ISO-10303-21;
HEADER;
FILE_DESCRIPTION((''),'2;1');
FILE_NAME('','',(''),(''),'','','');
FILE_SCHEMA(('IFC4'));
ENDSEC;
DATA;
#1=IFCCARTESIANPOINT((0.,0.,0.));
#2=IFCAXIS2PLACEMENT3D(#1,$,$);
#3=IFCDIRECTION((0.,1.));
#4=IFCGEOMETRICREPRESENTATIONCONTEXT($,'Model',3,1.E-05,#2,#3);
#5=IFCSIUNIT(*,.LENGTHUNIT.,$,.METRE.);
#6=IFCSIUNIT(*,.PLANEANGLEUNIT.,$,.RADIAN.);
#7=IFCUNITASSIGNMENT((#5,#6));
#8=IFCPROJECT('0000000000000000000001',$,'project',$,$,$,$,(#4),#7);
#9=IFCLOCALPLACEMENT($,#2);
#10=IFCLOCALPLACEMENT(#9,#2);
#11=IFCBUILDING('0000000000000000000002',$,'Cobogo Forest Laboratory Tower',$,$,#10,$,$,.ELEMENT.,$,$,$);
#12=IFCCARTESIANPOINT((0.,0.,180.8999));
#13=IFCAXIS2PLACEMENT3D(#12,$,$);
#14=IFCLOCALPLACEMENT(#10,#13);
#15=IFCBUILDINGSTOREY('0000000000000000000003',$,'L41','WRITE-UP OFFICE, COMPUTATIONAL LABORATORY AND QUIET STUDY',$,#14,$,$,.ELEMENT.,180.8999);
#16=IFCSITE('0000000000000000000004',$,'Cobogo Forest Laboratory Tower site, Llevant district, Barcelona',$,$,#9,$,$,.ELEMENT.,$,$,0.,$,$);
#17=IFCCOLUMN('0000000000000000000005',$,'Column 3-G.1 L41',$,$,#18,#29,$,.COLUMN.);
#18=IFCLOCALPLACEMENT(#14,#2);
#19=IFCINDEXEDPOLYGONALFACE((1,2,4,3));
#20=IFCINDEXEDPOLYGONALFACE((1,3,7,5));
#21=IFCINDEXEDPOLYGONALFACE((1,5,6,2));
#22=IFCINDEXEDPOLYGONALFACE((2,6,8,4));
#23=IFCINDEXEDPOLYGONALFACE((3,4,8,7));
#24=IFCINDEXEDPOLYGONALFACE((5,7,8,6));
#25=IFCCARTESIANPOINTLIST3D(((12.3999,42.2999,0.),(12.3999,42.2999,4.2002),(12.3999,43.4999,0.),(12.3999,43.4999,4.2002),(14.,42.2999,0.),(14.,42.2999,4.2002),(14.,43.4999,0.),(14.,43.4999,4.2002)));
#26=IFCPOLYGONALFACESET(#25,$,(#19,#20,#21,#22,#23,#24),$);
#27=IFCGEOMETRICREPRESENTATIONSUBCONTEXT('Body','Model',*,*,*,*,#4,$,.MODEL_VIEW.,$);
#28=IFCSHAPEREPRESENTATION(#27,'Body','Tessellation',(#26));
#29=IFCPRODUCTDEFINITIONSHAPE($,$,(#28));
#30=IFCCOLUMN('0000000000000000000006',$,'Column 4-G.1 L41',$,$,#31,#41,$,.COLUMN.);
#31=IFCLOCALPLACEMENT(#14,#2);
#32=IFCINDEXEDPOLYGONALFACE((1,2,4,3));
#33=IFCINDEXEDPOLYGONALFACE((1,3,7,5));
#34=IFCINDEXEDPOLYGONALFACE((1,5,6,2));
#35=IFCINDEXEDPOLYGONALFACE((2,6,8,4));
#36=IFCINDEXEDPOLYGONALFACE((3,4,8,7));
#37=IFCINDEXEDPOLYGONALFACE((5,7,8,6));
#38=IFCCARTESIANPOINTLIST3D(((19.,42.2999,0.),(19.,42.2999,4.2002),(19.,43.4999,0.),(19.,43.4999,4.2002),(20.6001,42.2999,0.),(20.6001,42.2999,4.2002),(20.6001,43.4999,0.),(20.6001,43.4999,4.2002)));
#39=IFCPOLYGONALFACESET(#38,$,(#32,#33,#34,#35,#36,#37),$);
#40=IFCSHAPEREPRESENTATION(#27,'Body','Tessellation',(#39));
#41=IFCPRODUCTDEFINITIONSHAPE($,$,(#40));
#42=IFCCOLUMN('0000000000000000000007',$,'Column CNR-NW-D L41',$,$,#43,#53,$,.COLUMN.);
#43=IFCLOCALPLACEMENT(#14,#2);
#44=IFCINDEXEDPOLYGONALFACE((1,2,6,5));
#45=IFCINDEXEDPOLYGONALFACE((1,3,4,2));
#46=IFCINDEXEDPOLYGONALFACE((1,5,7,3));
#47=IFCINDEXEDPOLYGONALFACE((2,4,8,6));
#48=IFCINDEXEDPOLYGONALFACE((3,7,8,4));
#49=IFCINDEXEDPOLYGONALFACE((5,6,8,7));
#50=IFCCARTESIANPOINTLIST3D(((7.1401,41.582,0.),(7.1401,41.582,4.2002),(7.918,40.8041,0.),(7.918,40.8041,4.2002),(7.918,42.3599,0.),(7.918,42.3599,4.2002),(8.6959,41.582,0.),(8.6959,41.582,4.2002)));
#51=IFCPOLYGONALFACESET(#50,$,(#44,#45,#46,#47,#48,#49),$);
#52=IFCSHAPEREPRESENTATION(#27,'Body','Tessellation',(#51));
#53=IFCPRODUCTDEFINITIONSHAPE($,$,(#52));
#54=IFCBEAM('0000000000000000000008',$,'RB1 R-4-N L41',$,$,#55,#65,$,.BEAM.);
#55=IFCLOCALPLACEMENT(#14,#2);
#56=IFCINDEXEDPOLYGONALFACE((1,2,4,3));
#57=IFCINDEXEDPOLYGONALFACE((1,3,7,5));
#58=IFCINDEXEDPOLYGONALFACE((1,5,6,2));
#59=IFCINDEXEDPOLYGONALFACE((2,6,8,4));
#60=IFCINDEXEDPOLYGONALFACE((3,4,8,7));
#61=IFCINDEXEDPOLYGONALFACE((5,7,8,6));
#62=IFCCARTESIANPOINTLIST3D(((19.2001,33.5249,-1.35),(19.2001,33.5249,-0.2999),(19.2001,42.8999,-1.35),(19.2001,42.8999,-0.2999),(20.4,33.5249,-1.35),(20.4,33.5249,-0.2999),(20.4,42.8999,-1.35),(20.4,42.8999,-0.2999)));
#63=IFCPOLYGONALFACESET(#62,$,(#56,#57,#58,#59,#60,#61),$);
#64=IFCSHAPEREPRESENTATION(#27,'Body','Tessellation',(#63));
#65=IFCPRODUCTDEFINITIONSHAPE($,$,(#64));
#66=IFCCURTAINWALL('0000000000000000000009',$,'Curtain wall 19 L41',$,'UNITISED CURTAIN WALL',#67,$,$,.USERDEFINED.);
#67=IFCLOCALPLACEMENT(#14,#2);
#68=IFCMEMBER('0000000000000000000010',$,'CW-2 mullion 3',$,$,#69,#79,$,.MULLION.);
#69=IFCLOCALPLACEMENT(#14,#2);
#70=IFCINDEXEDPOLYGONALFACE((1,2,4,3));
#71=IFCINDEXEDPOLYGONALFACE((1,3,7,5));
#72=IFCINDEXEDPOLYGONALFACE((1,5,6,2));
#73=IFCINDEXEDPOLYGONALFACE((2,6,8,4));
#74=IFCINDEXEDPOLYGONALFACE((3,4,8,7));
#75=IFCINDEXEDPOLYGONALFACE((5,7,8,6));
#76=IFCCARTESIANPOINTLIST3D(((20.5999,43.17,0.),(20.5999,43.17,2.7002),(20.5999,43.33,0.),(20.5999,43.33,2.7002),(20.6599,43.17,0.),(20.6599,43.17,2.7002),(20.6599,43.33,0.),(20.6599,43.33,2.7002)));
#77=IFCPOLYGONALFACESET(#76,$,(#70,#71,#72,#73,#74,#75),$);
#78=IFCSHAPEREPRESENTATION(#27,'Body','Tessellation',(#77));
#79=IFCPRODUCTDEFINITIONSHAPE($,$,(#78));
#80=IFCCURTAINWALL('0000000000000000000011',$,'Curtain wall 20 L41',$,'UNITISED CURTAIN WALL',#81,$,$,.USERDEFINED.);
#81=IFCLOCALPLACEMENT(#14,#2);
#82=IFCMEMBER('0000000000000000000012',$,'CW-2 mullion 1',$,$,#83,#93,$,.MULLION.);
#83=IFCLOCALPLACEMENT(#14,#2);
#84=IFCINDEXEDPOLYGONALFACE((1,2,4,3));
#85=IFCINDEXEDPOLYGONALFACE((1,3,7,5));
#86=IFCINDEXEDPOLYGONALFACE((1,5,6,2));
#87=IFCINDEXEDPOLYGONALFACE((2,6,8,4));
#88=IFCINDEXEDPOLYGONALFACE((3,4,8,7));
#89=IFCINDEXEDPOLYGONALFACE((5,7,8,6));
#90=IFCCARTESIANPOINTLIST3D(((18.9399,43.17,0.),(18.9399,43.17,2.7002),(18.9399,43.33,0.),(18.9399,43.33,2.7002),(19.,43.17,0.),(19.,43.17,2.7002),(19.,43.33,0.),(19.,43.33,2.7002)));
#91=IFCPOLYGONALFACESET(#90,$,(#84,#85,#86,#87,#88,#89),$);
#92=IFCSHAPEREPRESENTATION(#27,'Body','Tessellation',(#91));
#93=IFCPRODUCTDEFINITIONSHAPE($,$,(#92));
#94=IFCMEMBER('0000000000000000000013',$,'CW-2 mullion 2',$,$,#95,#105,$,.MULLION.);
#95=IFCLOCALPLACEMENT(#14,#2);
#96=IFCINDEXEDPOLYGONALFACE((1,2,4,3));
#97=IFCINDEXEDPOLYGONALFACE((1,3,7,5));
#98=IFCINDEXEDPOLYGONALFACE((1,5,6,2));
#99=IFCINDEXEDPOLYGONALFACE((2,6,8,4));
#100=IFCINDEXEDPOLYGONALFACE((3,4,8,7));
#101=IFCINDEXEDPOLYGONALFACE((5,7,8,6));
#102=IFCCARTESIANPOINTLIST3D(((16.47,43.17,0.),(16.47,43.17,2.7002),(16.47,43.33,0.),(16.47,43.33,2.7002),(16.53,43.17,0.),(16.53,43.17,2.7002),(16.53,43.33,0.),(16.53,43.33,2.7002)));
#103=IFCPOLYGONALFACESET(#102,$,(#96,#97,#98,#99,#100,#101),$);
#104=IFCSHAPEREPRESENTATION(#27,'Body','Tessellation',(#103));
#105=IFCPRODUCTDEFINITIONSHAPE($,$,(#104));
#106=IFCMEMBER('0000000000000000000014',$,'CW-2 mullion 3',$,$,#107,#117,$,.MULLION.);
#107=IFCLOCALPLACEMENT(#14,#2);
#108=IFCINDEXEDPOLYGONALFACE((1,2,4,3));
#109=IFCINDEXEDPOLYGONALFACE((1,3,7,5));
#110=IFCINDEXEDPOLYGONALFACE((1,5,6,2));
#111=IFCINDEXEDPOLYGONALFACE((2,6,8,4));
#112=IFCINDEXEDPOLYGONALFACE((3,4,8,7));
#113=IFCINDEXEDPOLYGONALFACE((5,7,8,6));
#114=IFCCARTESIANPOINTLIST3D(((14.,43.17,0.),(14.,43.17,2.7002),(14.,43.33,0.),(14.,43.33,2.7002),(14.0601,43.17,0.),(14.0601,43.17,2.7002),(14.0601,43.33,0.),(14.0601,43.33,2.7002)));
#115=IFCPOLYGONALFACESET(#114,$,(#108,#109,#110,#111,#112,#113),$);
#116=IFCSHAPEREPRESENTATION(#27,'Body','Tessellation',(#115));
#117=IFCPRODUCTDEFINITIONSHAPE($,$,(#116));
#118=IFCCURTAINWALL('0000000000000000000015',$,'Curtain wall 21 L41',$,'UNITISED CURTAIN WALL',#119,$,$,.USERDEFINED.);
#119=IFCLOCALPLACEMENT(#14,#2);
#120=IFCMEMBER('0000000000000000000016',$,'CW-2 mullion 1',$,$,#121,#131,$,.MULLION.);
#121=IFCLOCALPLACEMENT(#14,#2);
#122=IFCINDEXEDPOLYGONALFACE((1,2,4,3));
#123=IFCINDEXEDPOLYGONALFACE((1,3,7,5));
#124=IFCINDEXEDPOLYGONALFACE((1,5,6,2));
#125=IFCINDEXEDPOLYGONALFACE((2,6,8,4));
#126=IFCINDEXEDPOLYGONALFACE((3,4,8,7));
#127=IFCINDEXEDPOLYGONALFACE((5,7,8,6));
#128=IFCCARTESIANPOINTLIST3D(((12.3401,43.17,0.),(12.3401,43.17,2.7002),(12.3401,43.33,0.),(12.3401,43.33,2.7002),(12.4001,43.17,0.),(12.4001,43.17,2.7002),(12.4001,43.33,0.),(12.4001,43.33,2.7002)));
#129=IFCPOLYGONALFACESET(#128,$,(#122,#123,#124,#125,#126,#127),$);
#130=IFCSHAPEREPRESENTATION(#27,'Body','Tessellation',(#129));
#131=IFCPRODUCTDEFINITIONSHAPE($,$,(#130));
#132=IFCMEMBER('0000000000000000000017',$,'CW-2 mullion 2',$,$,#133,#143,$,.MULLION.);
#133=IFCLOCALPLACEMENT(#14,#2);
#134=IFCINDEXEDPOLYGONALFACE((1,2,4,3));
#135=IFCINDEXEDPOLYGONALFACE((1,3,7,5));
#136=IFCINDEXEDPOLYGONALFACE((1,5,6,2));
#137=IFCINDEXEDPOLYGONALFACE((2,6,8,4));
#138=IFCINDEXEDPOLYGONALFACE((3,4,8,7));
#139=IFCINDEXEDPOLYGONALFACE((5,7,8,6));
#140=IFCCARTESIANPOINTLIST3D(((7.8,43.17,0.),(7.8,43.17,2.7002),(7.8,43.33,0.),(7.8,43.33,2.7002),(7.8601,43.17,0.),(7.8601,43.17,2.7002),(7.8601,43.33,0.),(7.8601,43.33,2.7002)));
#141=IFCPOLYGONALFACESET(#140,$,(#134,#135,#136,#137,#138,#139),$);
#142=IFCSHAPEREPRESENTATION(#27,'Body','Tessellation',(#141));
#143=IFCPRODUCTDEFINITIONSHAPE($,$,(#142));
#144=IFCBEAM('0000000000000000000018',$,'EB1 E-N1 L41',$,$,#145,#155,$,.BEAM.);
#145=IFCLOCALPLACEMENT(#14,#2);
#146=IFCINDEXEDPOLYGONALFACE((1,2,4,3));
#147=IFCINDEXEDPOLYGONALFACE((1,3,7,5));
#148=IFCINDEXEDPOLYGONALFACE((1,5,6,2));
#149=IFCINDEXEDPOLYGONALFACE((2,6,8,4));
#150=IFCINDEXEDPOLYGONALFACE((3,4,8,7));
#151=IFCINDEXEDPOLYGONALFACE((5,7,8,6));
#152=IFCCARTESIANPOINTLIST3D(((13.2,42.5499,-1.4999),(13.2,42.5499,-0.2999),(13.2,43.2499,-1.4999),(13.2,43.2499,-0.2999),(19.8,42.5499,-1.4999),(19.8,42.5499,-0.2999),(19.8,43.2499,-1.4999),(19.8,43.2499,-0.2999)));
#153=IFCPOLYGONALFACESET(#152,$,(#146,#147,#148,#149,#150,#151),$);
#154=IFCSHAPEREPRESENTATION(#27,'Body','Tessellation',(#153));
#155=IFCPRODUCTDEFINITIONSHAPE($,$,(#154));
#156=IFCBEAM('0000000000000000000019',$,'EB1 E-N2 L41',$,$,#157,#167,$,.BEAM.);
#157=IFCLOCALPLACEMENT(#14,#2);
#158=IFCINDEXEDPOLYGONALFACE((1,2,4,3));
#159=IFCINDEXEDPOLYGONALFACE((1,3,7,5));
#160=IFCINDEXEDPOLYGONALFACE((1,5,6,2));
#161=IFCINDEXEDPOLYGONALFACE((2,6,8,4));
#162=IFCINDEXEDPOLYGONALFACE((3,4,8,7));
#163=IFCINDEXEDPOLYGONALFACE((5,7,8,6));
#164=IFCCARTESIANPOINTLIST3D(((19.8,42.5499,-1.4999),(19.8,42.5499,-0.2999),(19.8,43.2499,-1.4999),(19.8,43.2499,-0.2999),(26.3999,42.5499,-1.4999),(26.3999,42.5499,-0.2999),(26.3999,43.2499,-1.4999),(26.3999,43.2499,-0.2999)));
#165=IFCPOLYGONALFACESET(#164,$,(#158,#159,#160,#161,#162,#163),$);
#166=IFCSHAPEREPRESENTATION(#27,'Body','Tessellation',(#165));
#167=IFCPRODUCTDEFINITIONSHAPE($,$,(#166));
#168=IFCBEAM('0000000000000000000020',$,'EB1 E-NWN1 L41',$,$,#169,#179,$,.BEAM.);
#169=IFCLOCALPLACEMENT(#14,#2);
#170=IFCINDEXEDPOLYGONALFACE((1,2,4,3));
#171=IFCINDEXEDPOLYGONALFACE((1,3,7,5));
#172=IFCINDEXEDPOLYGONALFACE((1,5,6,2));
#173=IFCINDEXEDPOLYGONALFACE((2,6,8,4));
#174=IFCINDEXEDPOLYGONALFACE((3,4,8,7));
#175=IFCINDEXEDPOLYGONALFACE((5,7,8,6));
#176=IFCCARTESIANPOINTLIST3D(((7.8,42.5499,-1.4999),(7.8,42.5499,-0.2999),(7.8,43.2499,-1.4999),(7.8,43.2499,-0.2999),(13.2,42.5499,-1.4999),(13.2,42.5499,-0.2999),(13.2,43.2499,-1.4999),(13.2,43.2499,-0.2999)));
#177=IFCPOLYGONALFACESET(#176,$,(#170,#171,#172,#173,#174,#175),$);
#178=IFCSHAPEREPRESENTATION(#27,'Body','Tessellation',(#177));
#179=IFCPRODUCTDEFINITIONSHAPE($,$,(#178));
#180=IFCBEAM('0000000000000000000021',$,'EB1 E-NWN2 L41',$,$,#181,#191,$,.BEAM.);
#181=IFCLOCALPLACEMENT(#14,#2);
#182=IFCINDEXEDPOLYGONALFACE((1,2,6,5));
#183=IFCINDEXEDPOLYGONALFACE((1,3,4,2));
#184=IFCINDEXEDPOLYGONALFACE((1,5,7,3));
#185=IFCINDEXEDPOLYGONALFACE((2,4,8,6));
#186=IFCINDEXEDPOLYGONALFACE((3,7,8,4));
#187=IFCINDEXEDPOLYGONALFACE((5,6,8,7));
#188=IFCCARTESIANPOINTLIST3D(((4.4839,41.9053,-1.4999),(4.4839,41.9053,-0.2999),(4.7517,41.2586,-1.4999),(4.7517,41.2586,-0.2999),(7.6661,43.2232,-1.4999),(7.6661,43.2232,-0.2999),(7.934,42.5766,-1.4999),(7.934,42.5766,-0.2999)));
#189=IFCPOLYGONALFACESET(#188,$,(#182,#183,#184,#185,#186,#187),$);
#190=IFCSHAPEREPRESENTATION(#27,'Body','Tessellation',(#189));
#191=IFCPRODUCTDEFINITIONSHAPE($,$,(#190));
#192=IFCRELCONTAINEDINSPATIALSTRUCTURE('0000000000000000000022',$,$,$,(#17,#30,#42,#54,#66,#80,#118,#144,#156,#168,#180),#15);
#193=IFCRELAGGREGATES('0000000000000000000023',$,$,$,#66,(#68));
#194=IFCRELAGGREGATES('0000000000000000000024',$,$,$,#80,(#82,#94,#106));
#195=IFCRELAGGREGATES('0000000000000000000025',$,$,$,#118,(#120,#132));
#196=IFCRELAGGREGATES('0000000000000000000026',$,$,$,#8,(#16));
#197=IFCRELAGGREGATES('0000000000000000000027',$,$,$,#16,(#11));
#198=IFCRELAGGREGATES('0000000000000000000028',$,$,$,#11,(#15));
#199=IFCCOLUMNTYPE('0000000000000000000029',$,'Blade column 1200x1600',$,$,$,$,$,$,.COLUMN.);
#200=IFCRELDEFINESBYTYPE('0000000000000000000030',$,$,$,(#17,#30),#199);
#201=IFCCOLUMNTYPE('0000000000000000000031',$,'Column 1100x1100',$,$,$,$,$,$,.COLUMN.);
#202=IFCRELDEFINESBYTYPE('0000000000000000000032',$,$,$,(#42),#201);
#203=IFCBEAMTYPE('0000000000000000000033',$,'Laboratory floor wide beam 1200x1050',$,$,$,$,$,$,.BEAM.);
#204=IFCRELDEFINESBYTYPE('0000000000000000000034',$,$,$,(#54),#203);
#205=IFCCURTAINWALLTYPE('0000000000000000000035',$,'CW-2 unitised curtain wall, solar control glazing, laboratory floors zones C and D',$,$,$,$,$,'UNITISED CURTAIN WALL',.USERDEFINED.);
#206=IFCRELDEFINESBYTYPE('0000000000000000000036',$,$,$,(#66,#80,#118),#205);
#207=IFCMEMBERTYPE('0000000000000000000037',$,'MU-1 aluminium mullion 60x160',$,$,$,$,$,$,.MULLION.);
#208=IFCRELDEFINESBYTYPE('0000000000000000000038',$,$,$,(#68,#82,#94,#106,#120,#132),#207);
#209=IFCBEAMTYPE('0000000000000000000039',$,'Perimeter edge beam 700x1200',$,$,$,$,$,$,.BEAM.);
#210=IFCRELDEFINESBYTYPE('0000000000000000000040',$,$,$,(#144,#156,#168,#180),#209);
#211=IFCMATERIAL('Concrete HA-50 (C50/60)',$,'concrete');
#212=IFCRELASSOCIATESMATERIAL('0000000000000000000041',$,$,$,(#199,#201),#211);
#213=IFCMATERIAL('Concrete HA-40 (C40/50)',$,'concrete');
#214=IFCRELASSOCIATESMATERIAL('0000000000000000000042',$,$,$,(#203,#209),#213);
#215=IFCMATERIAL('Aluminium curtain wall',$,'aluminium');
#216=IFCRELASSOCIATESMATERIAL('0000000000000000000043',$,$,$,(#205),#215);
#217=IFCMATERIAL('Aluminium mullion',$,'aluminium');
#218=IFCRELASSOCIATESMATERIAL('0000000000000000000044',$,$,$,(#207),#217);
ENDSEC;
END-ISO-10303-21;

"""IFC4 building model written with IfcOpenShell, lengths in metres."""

from ifc_helpers import new_model, si_unit, direction, frame, origin, origin_2d, place, context, subcontext, project, spatial, rectangle, extrude, material, material_profile, profile_set, type_object, element, aggregate, save


model = new_model("IFC4")

# Units and contexts
model_context = context("Model", 3, precision=1e-05, world=origin(), true_north=direction((0.0, 1.0)))
body_context = subcontext(model_context, "Body", "Model", "MODEL_VIEW")
ifc_project = project(units=[si_unit("LENGTHUNIT", "METRE"), si_unit("PLANEANGLEUNIT", "RADIAN")], contexts=[model_context])

# Site, building, storey
site_placement = place(None, origin())
site = spatial("IfcSite", under=ifc_project, at=site_placement, Name="Cobogo Forest Laboratory Tower site, Llevant district, Barcelona", CompositionType="ELEMENT", RefElevation=0.0)
building_placement = place(site_placement, origin())
building = spatial("IfcBuilding", under=site, at=building_placement, Name="Cobogo Forest Laboratory Tower", CompositionType="ELEMENT")
storey_placement = place(building_placement, frame((0.0, 0.0, 180.8999)))
storey = spatial("IfcBuildingStorey", under=building, at=storey_placement, Name="L41", Description="WRITE-UP OFFICE, COMPUTATIONAL LABORATORY AND QUIET STUDY", CompositionType="ELEMENT", Elevation=180.8999)

# Columns
ifc_material_1 = material(Name="Concrete HA-50 (C50/60)", Category="concrete")
ifc_material_profile_1 = material_profile(ifc_material_1, rectangle(XDim=1.6001, YDim=1.2, at=origin_2d()), Name="RC 1200x1600")
ifc_profile_set_1 = profile_set([ifc_material_profile_1], Name="Concrete HA-50 (C50/60)")
column_type_1 = type_object("IfcColumnType", Name="Blade column 1200x1600", PredefinedType="COLUMN", material=ifc_profile_set_1)
for number, where, z_axis, x_axis, name in (
    (1, (13.2, 42.8999, 0.0), (0.0, 0.0, 1.0), (1.0, 0.0, 0.0), "Column 3-G.1 L41"),
    (2, (19.8, 42.8999, 0.0), (0.0, 0.0, 1.0), (1.0, 0.0, 0.0), "Column 4-G.1 L41"),
):
    element("IfcColumn", number, at=place(storey_placement, frame(where, z_axis=z_axis, x_axis=x_axis)), inside=storey, type_object=column_type_1, Name=name, PredefinedType="COLUMN", context=body_context, shape_type="SweptSolid", body=[
        extrude(rectangle(XDim=1.6001, YDim=1.2, at=origin_2d()), origin(), (0.0, 0.0, 1.0), 4.2002),
    ])
ifc_material_profile_2 = material_profile(ifc_material_1, rectangle(XDim=1.1001, YDim=1.1001, at=origin_2d()), Name="RC 1100x1100")
ifc_profile_set_2 = profile_set([ifc_material_profile_2], Name="Concrete HA-50 (C50/60)")
column_type_2 = type_object("IfcColumnType", Name="Column 1100x1100", PredefinedType="COLUMN", material=ifc_profile_set_2)
column_placement = place(storey_placement, frame((7.918, 41.582, 0.0), z_axis=(0.0, 0.0, 1.0), x_axis=(0.707107, 0.707107, 0.0)))
element("IfcColumn", 3, at=column_placement, inside=storey, type_object=column_type_2, Name="Column CNR-NW-D L41", PredefinedType="COLUMN", context=body_context, shape_type="SweptSolid", body=[
    extrude(rectangle(XDim=1.1001, YDim=1.1001, at=origin_2d()), origin(), (0.0, 0.0, 1.0), 4.2002),
])

# Beam
ifc_material_2 = material(Name="Concrete HA-40 (C40/50)", Category="concrete")
ifc_material_profile_3 = material_profile(ifc_material_2, rectangle(XDim=1.2, YDim=1.05, at=origin_2d()), Name="RC 1200x1050")
ifc_profile_set_3 = profile_set([ifc_material_profile_3], Name="Concrete HA-40 (C40/50)")
beam_type_1 = type_object("IfcBeamType", Name="Laboratory floor wide beam 1200x1050", PredefinedType="BEAM", material=ifc_profile_set_3)
beam_1_placement = place(storey_placement, frame((19.8, 33.5249, -0.825), z_axis=(0.0, 1.0, 0.0), x_axis=(-1.0, 0.0, 0.0)))
element("IfcBeam", 4, at=beam_1_placement, inside=storey, type_object=beam_type_1, Name="RB1 R-4-N L41", PredefinedType="BEAM", context=body_context, shape_type="SweptSolid", body=[
    extrude(rectangle(XDim=1.2, YDim=1.05, at=origin_2d()), origin(), (0.0, 0.0, 1.0), 9.375),
])

# Curtain wall, member
ifc_material_3 = material(Name="Aluminium curtain wall", Category="aluminium")
curtain_wall_type = type_object("IfcCurtainWallType", Name="CW-2 unitised curtain wall, solar control glazing, laboratory floors zones C and D", ElementType="UNITISED CURTAIN WALL", PredefinedType="USERDEFINED", material=ifc_material_3)
curtain_wall_1_placement = place(storey_placement, origin())
curtain_wall_1 = element("IfcCurtainWall", 5, at=curtain_wall_1_placement, inside=storey, type_object=curtain_wall_type, Name="Curtain wall 19 L41", ObjectType="UNITISED CURTAIN WALL", PredefinedType="USERDEFINED")
ifc_material_4 = material(Name="Aluminium mullion", Category="aluminium")
ifc_material_profile_4 = material_profile(ifc_material_4, rectangle(XDim=0.0601, YDim=0.1599, at=origin_2d()), Name="AL 60x160")
ifc_profile_set_4 = profile_set([ifc_material_profile_4], Name="Aluminium mullion")
member_type_1 = type_object("IfcMemberType", Name="MU-1 aluminium mullion 60x160", PredefinedType="MULLION", material=ifc_profile_set_4)
member_1_placement = place(storey_placement, frame((20.6299, 43.25, 0.0), z_axis=(0.0, 0.0, 1.0), x_axis=(-1.0, 0.0, 0.0)))
member_1 = element("IfcMember", 6, at=member_1_placement, type_object=member_type_1, Name="CW-2 mullion 3", PredefinedType="MULLION", context=body_context, shape_type="SweptSolid", body=[
    extrude(rectangle(XDim=0.0601, YDim=0.1599, at=origin_2d()), origin(), (0.0, 0.0, 1.0), 2.7002),
])
aggregate(curtain_wall_1, [member_1])

# Curtain walls, members
curtain_wall_2_placement = place(storey_placement, origin())
curtain_wall_2 = element("IfcCurtainWall", 7, at=curtain_wall_2_placement, inside=storey, type_object=curtain_wall_type, Name="Curtain wall 20 L41", ObjectType="UNITISED CURTAIN WALL", PredefinedType="USERDEFINED")
member_2_placement = place(storey_placement, frame((18.97, 43.25, 0.0), z_axis=(0.0, 0.0, 1.0), x_axis=(-1.0, 0.0, 0.0)))
member_2 = element("IfcMember", 8, at=member_2_placement, type_object=member_type_1, Name="CW-2 mullion 1", PredefinedType="MULLION", context=body_context, shape_type="SweptSolid", body=[
    extrude(rectangle(XDim=0.0601, YDim=0.1599, at=origin_2d()), origin(), (0.0, 0.0, 1.0), 2.7002),
])
member_3_placement = place(storey_placement, frame((16.5, 43.25, 0.0), z_axis=(0.0, 0.0, 1.0), x_axis=(-1.0, 0.0, 0.0)))
member_3 = element("IfcMember", 9, at=member_3_placement, type_object=member_type_1, Name="CW-2 mullion 2", PredefinedType="MULLION", context=body_context, shape_type="SweptSolid", body=[
    extrude(rectangle(XDim=0.0601, YDim=0.1599, at=origin_2d()), origin(), (0.0, 0.0, 1.0), 2.7002),
])
member_4_placement = place(storey_placement, frame((14.03, 43.25, 0.0), z_axis=(0.0, 0.0, 1.0), x_axis=(-1.0, 0.0, 0.0)))
member_4 = element("IfcMember", 10, at=member_4_placement, type_object=member_type_1, Name="CW-2 mullion 3", PredefinedType="MULLION", context=body_context, shape_type="SweptSolid", body=[
    extrude(rectangle(XDim=0.0601, YDim=0.1599, at=origin_2d()), origin(), (0.0, 0.0, 1.0), 2.7002),
])
curtain_wall_3_placement = place(storey_placement, origin())
curtain_wall_3 = element("IfcCurtainWall", 11, at=curtain_wall_3_placement, inside=storey, type_object=curtain_wall_type, Name="Curtain wall 21 L41", ObjectType="UNITISED CURTAIN WALL", PredefinedType="USERDEFINED")
member_5_placement = place(storey_placement, frame((12.3701, 43.25, 0.0), z_axis=(0.0, 0.0, 1.0), x_axis=(-1.0, 0.0, 0.0)))
member_5 = element("IfcMember", 12, at=member_5_placement, type_object=member_type_1, Name="CW-2 mullion 1", PredefinedType="MULLION", context=body_context, shape_type="SweptSolid", body=[
    extrude(rectangle(XDim=0.0601, YDim=0.1599, at=origin_2d()), origin(), (0.0, 0.0, 1.0), 2.7002),
])
member_6_placement = place(storey_placement, frame((7.8301, 43.25, 0.0), z_axis=(0.0, 0.0, 1.0), x_axis=(-1.0, 0.0, 0.0)))
member_6 = element("IfcMember", 13, at=member_6_placement, type_object=member_type_1, Name="CW-2 mullion 2", PredefinedType="MULLION", context=body_context, shape_type="SweptSolid", body=[
    extrude(rectangle(XDim=0.0601, YDim=0.1599, at=origin_2d()), origin(), (0.0, 0.0, 1.0), 2.7002),
])

# Beams
ifc_material_profile_5 = material_profile(ifc_material_2, rectangle(XDim=0.7, YDim=1.2, at=origin_2d()), Name="RC 700x1200")
ifc_profile_set_5 = profile_set([ifc_material_profile_5], Name="Concrete HA-40 (C40/50)")
beam_type_2 = type_object("IfcBeamType", Name="Perimeter edge beam 700x1200", PredefinedType="BEAM", material=ifc_profile_set_5)
beam_2_placement = place(storey_placement, frame((13.2, 42.8999, -0.8999), z_axis=(1.0, 0.0, 0.0), x_axis=(0.0, 1.0, 0.0)))
element("IfcBeam", 14, at=beam_2_placement, inside=storey, type_object=beam_type_2, Name="EB1 E-N1 L41", PredefinedType="BEAM", context=body_context, shape_type="SweptSolid", body=[
    extrude(rectangle(XDim=0.7, YDim=1.2, at=origin_2d()), origin(), (0.0, 0.0, 1.0), 6.6001),
])
beam_3_placement = place(storey_placement, frame((19.8, 42.8999, -0.8999), z_axis=(1.0, 0.0, 0.0), x_axis=(0.0, 1.0, 0.0)))
element("IfcBeam", 15, at=beam_3_placement, inside=storey, type_object=beam_type_2, Name="EB1 E-N2 L41", PredefinedType="BEAM", context=body_context, shape_type="SweptSolid", body=[
    extrude(rectangle(XDim=0.7, YDim=1.2, at=origin_2d()), origin(), (0.0, 0.0, 1.0), 6.5999),
])
beam_4_placement = place(storey_placement, frame((13.2, 42.8999, -0.8999), z_axis=(-1.0, 0.0, 0.0), x_axis=(0.0, -1.0, 0.0)))
element("IfcBeam", 16, at=beam_4_placement, inside=storey, type_object=beam_type_2, Name="EB1 E-NWN1 L41", PredefinedType="BEAM", context=body_context, shape_type="SweptSolid", body=[
    extrude(rectangle(XDim=0.7, YDim=1.2, at=origin_2d()), origin(), (0.0, 0.0, 1.0), 5.3999),
])
beam_5_placement = place(storey_placement, frame((7.8, 42.8999, -0.8999), z_axis=(-0.923901, -0.382631, 0.0), x_axis=(0.382631, -0.923901, 0.0)))
element("IfcBeam", 17, at=beam_5_placement, inside=storey, type_object=beam_type_2, Name="EB1 E-NWN2 L41", PredefinedType="BEAM", context=body_context, shape_type="SweptSolid", body=[
    extrude(rectangle(XDim=0.7, YDim=1.2, at=origin_2d()), origin(), (0.0, 0.0, 1.0), 3.4443),
])

aggregate(curtain_wall_2, [member_2, member_3, member_4])
aggregate(curtain_wall_3, [member_5, member_6])

save(model, "model.ifc")
